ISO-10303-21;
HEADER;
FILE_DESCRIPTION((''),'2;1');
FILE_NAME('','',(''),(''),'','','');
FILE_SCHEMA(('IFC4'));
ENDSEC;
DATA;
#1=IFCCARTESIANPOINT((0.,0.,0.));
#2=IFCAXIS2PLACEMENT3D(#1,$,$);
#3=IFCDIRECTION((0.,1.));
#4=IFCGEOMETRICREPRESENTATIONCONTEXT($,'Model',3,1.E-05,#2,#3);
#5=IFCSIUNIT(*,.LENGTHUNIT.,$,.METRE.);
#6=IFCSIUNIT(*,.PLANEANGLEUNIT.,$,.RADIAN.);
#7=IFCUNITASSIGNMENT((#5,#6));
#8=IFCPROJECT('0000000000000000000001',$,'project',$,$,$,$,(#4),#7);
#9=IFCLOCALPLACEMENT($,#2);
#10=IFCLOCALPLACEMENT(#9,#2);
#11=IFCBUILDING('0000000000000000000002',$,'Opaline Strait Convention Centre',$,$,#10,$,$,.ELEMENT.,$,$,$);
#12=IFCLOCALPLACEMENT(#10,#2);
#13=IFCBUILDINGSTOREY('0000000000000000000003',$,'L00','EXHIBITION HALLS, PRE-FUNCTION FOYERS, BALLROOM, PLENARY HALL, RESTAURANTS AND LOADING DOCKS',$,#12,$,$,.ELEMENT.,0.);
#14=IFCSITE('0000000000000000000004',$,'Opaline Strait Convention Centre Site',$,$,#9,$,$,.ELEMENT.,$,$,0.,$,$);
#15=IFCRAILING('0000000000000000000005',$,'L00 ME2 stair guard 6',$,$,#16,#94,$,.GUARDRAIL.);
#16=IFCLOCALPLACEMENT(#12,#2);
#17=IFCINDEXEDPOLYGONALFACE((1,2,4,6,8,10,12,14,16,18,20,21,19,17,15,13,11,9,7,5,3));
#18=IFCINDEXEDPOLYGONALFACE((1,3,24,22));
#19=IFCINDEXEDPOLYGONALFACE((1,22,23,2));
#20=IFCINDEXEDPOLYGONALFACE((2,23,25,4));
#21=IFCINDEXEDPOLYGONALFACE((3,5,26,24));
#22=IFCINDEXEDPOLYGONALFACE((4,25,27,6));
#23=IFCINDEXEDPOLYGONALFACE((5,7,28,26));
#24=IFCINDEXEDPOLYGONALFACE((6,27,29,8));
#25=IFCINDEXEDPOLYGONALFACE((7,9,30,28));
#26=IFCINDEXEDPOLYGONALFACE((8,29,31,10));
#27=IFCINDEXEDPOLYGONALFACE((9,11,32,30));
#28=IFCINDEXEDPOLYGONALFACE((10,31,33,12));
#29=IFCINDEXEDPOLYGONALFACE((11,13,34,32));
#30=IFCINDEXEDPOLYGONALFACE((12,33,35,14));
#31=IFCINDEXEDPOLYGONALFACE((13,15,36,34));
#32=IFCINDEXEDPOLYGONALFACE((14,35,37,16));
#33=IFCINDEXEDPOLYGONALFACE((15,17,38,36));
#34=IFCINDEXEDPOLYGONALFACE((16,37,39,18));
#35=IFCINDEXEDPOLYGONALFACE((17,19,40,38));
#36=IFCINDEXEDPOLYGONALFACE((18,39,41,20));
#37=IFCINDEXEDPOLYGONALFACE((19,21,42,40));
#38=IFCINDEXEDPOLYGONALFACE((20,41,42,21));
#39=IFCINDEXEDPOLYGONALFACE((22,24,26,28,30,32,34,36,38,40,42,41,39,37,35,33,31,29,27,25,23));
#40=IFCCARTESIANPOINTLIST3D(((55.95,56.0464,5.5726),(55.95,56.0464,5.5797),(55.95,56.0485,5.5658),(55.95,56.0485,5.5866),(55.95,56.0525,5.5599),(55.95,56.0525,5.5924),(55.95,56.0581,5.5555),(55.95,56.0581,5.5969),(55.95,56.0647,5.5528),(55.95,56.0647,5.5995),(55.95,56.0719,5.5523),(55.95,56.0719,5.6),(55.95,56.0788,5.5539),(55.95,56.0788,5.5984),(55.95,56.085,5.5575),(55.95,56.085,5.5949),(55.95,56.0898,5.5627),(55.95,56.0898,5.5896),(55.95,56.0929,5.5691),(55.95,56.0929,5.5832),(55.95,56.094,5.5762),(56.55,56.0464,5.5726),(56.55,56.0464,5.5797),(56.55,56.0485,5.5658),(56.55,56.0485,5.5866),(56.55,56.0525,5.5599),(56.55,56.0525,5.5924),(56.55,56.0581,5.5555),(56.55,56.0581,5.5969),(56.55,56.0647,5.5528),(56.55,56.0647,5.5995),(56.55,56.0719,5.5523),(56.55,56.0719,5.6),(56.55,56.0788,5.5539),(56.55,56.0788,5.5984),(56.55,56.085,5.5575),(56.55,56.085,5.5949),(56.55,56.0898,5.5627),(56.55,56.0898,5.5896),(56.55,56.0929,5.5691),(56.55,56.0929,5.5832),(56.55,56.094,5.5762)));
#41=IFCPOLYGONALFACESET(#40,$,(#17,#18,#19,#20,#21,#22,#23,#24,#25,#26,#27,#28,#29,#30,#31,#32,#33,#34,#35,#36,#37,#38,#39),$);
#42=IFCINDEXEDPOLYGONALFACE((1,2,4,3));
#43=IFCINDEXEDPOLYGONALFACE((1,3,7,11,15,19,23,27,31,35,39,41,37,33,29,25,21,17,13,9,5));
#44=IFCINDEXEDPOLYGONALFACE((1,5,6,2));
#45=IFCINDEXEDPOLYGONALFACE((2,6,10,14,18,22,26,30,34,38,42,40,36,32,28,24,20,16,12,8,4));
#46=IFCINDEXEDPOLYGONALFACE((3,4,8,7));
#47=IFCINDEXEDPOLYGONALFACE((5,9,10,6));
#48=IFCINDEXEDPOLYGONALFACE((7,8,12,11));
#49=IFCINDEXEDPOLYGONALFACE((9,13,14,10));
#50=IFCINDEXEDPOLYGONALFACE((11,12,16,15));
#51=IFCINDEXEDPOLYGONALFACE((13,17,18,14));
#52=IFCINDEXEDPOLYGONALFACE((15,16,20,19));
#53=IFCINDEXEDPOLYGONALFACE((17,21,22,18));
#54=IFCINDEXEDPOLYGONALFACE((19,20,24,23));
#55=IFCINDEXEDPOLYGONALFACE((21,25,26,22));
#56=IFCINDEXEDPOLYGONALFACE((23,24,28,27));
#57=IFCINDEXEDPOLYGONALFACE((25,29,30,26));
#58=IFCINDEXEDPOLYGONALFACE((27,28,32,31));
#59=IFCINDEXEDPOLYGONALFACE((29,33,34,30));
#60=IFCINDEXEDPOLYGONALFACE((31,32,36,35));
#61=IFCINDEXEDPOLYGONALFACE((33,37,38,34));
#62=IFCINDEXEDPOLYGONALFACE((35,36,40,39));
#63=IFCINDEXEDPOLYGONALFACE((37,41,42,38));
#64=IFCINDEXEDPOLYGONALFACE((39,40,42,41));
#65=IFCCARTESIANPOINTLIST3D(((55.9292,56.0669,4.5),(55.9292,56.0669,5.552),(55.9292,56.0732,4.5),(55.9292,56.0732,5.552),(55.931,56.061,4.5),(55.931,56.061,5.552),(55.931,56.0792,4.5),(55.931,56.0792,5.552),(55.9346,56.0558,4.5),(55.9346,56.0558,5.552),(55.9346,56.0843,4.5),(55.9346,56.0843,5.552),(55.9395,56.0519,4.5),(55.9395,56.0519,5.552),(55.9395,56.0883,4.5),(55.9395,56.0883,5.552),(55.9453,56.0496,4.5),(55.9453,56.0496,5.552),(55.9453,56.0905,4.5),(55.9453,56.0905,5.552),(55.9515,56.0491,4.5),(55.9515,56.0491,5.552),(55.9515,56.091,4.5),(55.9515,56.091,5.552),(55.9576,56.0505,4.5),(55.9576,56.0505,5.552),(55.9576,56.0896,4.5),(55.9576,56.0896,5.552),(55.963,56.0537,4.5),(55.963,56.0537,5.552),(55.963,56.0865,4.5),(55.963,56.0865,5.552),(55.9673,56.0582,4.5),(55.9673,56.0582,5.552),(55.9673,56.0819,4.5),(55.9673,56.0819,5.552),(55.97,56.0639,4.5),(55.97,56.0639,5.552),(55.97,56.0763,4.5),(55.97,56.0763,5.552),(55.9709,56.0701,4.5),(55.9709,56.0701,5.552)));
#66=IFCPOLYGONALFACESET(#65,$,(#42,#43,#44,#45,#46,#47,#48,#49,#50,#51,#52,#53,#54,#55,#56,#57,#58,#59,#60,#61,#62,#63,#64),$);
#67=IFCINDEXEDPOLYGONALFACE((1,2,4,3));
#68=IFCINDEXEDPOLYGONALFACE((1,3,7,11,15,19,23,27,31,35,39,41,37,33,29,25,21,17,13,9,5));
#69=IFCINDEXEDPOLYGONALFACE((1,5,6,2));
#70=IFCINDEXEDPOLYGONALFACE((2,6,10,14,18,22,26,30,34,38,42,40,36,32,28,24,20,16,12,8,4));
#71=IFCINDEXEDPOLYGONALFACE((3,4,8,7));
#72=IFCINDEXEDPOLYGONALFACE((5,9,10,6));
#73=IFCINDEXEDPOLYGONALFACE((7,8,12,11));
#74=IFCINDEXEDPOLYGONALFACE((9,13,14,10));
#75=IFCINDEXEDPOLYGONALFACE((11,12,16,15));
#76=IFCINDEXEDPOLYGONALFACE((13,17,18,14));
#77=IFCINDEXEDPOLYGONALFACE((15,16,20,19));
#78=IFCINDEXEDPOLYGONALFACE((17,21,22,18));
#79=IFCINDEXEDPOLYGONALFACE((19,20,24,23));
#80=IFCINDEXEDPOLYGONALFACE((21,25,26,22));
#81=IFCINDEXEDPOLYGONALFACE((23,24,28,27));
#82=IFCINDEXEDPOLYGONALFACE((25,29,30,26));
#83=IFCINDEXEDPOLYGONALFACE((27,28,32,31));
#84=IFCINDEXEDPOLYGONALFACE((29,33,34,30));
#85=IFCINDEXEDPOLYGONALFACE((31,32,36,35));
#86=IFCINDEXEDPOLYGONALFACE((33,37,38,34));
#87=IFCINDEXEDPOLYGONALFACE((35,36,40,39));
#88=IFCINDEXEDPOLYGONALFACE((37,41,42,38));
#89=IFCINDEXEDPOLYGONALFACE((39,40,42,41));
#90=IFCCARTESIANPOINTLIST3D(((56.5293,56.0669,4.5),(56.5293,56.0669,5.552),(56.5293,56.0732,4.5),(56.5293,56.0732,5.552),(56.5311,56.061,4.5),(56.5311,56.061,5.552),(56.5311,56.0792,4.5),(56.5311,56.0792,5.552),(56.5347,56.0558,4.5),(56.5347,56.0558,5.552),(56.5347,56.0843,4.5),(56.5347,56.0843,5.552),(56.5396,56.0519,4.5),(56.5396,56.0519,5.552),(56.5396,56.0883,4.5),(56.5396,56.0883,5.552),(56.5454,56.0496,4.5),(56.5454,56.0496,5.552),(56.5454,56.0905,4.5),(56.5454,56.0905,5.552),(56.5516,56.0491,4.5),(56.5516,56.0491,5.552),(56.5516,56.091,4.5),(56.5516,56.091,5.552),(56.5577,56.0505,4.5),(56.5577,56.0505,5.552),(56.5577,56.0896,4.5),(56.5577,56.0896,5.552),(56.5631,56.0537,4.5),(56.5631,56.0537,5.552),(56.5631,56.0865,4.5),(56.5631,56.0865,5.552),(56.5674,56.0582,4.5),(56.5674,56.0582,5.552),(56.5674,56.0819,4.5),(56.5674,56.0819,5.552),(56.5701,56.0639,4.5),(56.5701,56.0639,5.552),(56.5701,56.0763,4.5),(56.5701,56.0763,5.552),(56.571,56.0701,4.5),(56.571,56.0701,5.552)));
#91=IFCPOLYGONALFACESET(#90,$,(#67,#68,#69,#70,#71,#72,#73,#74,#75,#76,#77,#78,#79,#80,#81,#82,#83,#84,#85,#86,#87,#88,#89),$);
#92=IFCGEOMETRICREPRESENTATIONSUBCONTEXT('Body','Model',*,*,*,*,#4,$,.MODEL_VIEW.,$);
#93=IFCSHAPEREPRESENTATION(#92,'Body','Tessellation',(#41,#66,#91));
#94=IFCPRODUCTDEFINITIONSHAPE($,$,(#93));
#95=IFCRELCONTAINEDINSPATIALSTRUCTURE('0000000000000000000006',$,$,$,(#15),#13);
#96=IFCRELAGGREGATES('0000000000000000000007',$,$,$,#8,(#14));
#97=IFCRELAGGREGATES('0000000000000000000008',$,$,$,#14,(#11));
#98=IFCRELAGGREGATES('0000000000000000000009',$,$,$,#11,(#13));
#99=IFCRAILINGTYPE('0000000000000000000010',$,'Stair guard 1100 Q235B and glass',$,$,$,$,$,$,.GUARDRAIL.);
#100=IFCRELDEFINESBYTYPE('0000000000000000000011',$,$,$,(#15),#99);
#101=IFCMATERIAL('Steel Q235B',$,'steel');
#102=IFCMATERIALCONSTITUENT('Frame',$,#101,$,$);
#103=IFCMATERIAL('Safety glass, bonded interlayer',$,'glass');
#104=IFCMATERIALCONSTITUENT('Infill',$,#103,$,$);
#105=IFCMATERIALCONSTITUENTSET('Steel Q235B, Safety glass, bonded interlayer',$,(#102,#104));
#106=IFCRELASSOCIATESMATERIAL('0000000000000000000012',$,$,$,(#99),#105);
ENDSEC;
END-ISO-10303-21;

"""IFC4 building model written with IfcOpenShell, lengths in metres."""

from ifc_helpers import new_model, si_unit, direction, frame, origin, origin_2d, place, context, subcontext, project, spatial, circle, extrude, material, constituent, constituent_set, type_object, element, save


model = new_model("IFC4")

# Units and contexts
model_context = context("Model", 3, precision=1e-05, world=origin(), true_north=direction((0.0, 1.0)))
body_context = subcontext(model_context, "Body", "Model", "MODEL_VIEW")
ifc_project = project(units=[si_unit("LENGTHUNIT", "METRE"), si_unit("PLANEANGLEUNIT", "RADIAN")], contexts=[model_context])

# Site, building, storey
site_placement = place(None, origin())
site = spatial("IfcSite", under=ifc_project, at=site_placement, Name="Opaline Strait Convention Centre Site", CompositionType="ELEMENT", RefElevation=0.0)
building_placement = place(site_placement, origin())
building = spatial("IfcBuilding", under=site, at=building_placement, Name="Opaline Strait Convention Centre", CompositionType="ELEMENT")
storey_placement = place(building_placement, origin())
storey = spatial("IfcBuildingStorey", under=building, at=storey_placement, Name="L00", Description="EXHIBITION HALLS, PRE-FUNCTION FOYERS, BALLROOM, PLENARY HALL, RESTAURANTS AND LOADING DOCKS", CompositionType="ELEMENT", Elevation=0.0)

# Railing
ifc_material_1 = material(Name="Steel Q235B", Category="steel")
ifc_constituent_1 = constituent(ifc_material_1, Name="Frame")
ifc_material_2 = material(Name="Safety glass, bonded interlayer", Category="glass")
ifc_constituent_2 = constituent(ifc_material_2, Name="Infill")
ifc_constituent_set = constituent_set(constituents=[ifc_constituent_1, ifc_constituent_2], Name="Steel Q235B, Safety glass, bonded interlayer")
railing_type_1 = type_object("IfcRailingType", Name="Stair guard 1100 Q235B and glass", PredefinedType="GUARDRAIL", material=ifc_constituent_set)
railing_1_placement = place(storey_placement, frame((55.95, 56.0701, 4.5)))
element("IfcRailing", 1, at=railing_1_placement, inside=storey, type_object=railing_type_1, Name="L00 ME2 stair guard 6", PredefinedType="GUARDRAIL", context=body_context, shape_type="SweptSolid", body=[
    extrude(circle(Radius=0.0239, at=origin_2d()), frame((0.0, 0.0, 1.0762), z_axis=(1.0, 0.0, 0.0), x_axis=(0.0, 1.0, 0.0)), (0.0, 0.0, 1.0), 0.6001),
    extrude(circle(Radius=0.021, at=origin_2d()), origin(), (0.0, 0.0, 1.0), 1.052),
    extrude(circle(Radius=0.021, at=origin_2d()), frame((0.6001, 0.0, 0.0)), (0.0, 0.0, 1.0), 1.052),
])

save(model, "model.ifc")
